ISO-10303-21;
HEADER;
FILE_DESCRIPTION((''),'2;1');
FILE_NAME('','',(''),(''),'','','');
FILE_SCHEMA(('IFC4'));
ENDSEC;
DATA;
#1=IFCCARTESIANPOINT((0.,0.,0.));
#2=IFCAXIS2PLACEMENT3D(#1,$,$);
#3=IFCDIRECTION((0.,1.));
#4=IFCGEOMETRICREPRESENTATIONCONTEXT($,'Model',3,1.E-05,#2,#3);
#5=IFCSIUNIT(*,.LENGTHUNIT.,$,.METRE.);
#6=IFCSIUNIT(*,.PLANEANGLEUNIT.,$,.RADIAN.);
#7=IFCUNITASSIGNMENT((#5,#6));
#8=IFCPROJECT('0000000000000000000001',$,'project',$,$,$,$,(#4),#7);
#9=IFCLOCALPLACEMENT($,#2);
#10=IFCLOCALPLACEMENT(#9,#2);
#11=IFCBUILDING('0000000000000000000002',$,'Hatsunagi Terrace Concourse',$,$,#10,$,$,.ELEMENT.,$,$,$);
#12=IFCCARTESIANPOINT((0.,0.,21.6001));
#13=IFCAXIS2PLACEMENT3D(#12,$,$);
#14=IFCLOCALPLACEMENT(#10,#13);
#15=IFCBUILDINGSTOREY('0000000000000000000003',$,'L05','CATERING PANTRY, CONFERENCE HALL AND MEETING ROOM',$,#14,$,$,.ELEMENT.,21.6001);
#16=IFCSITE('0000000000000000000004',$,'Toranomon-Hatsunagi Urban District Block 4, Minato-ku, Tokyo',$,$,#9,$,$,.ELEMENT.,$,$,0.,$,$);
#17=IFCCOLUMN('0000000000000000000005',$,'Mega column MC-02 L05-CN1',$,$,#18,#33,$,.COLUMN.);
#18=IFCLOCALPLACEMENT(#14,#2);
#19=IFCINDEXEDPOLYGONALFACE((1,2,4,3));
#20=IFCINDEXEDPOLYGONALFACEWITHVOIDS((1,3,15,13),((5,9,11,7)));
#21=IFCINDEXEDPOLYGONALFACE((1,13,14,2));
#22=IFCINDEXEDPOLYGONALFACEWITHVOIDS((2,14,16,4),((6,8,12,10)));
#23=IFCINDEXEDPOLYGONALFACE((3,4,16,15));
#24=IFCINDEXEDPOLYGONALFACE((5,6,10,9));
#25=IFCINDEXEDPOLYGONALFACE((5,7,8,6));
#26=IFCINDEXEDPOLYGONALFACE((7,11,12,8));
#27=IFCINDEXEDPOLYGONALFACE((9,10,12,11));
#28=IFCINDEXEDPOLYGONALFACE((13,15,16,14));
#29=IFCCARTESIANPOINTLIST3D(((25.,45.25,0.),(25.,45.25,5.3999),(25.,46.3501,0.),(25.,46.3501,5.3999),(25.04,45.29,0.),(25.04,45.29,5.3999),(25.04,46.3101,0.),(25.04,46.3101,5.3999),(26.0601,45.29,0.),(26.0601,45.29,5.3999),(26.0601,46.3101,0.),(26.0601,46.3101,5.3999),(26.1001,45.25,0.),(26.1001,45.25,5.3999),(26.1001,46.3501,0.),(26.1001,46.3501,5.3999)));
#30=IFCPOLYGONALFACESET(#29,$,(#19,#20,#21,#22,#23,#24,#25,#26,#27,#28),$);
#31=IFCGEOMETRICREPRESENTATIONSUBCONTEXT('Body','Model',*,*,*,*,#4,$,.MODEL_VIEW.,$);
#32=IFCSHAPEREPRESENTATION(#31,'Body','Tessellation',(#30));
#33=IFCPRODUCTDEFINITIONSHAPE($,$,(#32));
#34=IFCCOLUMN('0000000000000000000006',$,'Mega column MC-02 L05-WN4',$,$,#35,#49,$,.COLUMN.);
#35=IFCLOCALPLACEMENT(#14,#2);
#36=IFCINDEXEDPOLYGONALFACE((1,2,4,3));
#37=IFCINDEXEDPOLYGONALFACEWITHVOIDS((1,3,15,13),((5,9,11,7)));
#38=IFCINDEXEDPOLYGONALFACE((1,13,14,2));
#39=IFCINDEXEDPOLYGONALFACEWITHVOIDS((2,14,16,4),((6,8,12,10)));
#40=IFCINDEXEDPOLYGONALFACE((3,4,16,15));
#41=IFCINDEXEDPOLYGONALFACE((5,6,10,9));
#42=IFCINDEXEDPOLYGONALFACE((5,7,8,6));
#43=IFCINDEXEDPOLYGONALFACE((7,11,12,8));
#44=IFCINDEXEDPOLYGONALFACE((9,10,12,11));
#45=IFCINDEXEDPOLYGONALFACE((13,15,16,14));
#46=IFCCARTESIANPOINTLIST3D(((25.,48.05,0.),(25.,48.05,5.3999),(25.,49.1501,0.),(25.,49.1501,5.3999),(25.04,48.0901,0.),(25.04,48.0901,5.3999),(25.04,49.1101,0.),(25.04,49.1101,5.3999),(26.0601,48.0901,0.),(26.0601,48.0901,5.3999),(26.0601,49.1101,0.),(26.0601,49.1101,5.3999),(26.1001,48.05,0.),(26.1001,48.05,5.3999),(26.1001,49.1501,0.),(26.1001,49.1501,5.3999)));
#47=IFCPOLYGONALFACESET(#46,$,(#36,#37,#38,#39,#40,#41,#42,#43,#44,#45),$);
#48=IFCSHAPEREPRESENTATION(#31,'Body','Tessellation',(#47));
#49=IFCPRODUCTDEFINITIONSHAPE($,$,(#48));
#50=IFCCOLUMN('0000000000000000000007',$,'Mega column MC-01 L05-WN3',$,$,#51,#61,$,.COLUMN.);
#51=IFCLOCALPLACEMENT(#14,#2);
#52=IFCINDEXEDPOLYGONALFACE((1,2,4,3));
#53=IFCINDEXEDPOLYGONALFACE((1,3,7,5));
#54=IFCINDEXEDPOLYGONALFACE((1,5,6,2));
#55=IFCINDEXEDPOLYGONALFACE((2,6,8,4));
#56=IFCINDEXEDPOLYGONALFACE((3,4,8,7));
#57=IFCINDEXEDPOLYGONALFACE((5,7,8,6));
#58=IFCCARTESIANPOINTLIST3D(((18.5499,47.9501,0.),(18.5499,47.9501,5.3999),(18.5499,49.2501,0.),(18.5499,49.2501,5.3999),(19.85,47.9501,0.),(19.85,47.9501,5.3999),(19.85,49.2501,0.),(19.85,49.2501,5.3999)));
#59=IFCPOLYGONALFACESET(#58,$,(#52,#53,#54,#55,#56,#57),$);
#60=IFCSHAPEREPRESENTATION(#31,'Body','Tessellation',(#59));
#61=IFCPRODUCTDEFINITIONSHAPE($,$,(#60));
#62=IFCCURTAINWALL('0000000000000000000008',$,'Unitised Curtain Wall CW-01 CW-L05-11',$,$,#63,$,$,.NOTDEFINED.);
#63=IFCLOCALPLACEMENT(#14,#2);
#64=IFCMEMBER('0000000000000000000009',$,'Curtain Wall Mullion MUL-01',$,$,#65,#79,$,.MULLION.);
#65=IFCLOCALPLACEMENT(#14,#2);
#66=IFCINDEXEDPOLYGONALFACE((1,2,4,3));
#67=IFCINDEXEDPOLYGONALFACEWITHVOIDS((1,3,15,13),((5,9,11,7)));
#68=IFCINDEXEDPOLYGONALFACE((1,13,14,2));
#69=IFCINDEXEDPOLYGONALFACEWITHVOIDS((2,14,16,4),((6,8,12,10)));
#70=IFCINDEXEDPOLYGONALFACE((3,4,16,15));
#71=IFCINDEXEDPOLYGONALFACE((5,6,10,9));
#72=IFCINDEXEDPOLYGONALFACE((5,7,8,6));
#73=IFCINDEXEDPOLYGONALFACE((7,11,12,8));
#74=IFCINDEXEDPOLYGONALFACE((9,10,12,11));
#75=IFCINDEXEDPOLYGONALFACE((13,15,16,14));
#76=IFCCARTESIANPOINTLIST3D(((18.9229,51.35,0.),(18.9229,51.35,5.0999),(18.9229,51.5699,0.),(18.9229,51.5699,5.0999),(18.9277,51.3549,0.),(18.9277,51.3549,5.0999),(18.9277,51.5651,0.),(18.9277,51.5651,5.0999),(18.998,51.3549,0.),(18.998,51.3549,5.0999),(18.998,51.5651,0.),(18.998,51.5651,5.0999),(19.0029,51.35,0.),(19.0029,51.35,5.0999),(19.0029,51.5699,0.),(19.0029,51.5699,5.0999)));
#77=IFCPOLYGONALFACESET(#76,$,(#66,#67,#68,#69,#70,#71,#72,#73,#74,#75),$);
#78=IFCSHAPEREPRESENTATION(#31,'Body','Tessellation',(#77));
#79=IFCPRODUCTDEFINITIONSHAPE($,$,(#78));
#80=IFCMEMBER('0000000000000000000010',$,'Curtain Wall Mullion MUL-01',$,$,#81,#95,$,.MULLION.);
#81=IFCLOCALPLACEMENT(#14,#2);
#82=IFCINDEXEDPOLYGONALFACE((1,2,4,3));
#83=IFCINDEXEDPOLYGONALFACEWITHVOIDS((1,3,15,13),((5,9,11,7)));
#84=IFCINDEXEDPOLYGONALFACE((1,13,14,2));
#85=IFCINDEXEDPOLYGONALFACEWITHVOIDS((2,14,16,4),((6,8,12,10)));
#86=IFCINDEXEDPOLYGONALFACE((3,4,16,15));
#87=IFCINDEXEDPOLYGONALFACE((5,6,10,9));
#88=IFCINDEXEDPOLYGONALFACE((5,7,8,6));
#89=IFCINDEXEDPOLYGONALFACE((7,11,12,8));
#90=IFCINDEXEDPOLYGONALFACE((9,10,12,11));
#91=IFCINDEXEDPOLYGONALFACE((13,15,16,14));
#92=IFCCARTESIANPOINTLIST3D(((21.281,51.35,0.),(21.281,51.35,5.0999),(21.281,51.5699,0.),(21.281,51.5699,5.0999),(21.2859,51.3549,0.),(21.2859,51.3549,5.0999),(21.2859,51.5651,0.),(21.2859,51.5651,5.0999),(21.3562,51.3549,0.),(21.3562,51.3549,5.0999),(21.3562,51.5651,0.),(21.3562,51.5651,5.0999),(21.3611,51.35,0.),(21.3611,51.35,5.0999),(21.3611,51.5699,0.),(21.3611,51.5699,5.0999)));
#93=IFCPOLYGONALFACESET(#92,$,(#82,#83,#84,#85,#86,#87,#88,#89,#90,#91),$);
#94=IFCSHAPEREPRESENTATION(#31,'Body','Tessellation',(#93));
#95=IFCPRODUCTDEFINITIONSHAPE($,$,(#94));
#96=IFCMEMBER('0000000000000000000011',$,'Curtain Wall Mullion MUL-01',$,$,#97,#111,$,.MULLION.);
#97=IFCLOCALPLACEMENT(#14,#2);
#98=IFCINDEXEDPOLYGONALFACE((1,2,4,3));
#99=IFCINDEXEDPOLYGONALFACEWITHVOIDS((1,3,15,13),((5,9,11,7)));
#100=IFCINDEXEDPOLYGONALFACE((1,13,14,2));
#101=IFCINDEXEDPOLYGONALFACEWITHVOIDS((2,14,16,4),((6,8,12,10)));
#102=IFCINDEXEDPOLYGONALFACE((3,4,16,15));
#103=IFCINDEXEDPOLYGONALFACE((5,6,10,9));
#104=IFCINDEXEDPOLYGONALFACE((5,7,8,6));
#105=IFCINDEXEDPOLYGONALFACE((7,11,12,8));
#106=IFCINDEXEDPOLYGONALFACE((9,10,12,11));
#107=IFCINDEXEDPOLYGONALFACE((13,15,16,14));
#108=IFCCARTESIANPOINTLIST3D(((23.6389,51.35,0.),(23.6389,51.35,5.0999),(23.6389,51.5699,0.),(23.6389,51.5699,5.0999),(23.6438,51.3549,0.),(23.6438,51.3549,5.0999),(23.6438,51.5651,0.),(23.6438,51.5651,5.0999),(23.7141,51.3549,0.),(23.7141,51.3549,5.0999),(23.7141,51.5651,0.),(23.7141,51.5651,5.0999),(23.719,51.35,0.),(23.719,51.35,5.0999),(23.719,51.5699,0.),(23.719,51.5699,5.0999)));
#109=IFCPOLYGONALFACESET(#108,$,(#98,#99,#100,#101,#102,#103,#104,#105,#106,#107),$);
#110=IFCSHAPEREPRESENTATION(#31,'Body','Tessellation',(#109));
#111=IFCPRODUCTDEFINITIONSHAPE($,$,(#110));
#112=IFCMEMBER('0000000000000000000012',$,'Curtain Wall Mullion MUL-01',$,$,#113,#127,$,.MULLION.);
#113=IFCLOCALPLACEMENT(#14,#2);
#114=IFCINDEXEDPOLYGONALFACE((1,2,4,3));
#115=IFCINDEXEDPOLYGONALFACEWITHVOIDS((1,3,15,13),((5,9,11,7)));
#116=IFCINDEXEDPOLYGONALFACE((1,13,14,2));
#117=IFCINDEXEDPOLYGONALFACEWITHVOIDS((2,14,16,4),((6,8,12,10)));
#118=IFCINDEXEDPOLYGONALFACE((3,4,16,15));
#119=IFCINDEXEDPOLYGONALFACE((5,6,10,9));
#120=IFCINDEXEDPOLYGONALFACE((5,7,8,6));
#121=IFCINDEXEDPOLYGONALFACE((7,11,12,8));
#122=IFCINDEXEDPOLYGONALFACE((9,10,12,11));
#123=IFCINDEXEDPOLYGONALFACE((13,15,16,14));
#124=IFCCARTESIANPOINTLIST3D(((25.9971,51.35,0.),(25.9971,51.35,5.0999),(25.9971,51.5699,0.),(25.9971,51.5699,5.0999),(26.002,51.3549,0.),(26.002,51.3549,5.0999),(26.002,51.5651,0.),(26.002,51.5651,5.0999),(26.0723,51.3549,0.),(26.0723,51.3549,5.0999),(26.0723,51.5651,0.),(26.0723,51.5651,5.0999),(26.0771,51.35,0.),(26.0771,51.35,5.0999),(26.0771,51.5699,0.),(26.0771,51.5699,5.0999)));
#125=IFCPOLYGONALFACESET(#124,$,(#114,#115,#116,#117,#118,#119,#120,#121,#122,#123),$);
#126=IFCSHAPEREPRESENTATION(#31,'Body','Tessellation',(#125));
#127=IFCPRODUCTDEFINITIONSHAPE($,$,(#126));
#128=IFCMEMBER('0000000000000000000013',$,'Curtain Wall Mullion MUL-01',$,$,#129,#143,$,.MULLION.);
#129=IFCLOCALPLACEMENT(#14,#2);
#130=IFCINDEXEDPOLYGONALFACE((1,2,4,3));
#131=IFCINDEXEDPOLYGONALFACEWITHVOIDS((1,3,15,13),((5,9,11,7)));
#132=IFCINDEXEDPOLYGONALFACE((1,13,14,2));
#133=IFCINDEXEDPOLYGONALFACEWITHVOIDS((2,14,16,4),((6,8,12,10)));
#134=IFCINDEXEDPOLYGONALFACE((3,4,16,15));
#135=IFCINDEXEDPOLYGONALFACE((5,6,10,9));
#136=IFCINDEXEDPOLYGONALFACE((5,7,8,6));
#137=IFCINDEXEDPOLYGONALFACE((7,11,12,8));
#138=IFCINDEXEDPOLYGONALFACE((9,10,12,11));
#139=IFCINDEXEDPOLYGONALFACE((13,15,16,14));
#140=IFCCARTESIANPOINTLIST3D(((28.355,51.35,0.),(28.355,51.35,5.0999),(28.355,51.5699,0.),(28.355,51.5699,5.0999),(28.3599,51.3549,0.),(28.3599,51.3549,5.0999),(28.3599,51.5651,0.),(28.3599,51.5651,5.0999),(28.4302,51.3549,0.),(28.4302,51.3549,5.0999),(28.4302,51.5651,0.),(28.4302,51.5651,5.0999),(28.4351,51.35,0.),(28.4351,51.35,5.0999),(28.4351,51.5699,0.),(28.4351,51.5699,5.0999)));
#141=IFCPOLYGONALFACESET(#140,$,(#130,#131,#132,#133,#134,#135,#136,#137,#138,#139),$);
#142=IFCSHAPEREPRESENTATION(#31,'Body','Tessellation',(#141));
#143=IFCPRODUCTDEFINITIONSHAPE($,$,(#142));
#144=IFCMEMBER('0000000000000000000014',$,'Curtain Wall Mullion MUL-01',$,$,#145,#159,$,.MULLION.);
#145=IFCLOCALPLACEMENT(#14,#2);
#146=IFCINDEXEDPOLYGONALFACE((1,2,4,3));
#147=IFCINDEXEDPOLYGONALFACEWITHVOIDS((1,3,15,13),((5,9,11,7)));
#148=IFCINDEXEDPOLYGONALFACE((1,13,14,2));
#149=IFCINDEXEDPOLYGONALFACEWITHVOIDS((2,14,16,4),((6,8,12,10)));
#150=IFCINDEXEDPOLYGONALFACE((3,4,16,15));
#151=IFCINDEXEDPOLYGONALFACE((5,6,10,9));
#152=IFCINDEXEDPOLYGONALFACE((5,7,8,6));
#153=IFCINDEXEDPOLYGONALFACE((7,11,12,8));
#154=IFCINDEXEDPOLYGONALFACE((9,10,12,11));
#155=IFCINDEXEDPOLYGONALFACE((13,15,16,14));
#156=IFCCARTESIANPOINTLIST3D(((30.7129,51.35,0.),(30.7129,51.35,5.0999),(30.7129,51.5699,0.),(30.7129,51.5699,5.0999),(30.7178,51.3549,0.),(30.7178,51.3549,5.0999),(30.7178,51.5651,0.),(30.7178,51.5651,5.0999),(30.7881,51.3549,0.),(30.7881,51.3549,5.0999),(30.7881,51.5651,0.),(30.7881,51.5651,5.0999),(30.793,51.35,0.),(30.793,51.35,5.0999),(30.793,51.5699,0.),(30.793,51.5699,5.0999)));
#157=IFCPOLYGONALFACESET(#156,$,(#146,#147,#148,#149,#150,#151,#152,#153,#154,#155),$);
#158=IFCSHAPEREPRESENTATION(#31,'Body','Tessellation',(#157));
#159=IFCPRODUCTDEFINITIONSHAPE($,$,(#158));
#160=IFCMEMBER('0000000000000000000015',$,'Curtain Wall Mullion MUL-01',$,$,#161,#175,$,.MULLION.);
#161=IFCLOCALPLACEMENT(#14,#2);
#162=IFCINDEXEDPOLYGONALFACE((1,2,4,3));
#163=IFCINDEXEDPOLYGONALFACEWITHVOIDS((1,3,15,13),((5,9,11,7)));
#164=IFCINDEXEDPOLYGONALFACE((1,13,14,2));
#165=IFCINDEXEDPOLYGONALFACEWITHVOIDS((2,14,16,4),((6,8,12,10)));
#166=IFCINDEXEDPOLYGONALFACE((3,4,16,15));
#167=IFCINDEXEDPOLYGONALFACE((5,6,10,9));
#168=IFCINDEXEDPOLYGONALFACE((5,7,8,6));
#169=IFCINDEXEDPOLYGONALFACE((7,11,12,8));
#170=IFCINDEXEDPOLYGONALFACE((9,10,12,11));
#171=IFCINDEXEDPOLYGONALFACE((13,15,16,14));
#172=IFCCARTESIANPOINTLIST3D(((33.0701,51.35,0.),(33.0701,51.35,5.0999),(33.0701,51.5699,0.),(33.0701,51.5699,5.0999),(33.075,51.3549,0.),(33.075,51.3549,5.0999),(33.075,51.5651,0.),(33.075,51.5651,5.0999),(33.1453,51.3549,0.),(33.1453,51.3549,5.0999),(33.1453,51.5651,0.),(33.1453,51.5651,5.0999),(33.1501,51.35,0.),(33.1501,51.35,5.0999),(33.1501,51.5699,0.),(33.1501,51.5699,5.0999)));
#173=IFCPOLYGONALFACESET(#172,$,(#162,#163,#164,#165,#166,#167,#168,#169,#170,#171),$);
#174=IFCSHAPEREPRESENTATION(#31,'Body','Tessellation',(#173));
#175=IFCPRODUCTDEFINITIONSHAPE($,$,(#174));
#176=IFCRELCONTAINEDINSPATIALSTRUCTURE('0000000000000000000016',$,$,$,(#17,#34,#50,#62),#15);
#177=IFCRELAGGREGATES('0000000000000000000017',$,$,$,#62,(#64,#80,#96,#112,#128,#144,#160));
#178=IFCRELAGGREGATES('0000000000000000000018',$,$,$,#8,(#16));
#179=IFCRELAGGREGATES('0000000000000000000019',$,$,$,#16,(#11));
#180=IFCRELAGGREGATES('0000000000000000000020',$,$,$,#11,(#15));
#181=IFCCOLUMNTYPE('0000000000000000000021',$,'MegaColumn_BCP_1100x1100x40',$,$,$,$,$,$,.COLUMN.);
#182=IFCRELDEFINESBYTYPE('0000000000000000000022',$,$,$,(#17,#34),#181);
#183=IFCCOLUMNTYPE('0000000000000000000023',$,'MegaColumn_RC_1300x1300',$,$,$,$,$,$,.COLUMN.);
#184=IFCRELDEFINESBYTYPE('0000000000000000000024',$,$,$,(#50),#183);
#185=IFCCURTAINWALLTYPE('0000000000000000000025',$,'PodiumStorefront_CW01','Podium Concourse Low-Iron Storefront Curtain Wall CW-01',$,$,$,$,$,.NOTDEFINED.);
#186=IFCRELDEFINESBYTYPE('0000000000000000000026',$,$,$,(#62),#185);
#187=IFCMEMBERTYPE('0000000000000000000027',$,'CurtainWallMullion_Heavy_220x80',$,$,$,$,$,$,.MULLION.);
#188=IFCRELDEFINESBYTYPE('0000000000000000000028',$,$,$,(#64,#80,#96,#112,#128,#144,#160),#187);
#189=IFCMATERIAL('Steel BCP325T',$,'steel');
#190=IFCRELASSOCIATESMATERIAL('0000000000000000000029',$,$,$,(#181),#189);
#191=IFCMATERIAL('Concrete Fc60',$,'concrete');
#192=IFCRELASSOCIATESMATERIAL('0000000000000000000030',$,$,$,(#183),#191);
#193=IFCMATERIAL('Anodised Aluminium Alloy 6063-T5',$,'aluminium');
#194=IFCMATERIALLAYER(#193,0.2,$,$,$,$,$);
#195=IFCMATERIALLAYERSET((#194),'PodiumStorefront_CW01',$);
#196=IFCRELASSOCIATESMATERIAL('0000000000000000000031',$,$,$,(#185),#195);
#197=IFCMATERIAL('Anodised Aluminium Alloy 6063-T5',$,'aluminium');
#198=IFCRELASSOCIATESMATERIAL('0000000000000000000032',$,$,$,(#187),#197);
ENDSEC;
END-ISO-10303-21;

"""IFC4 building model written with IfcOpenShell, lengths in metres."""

from ifc_helpers import new_model, si_unit, direction, frame, origin, origin_2d, place, context, subcontext, project, spatial, rectangle, hollow_rectangle, extrude, material, layer, layer_set, material_profile, profile_set, type_object, element, aggregate, save


model = new_model("IFC4")

# Units and contexts
model_context = context("Model", 3, precision=1e-05, world=origin(), true_north=direction((0.0, 1.0)))
body_context = subcontext(model_context, "Body", "Model", "MODEL_VIEW")
ifc_project = project(units=[si_unit("LENGTHUNIT", "METRE"), si_unit("PLANEANGLEUNIT", "RADIAN")], contexts=[model_context])

# Site, building, storey
site_placement = place(None, origin())
site = spatial("IfcSite", under=ifc_project, at=site_placement, Name="Toranomon-Hatsunagi Urban District Block 4, Minato-ku, Tokyo", CompositionType="ELEMENT", RefElevation=0.0)
building_placement = place(site_placement, origin())
building = spatial("IfcBuilding", under=site, at=building_placement, Name="Hatsunagi Terrace Concourse", CompositionType="ELEMENT")
storey_placement = place(building_placement, frame((0.0, 0.0, 21.6001)))
storey = spatial("IfcBuildingStorey", under=building, at=storey_placement, Name="L05", Description="CATERING PANTRY, CONFERENCE HALL AND MEETING ROOM", CompositionType="ELEMENT", Elevation=21.6001)

# Columns
ifc_material_1 = material(Name="Steel BCP325T", Category="steel")
ifc_material_profile_1 = material_profile(ifc_material_1, hollow_rectangle(XDim=1.1001, YDim=1.1001, WallThickness=0.04, at=origin_2d()), Name="BCP-1100x1100x40")
ifc_profile_set_1 = profile_set([ifc_material_profile_1], Name="Steel BCP325T")
column_type_1 = type_object("IfcColumnType", Name="MegaColumn_BCP_1100x1100x40", PredefinedType="COLUMN", material=ifc_profile_set_1)
for number, where, z_axis, x_axis, name in (
    (1, (25.55, 45.8, 0.0), (0.0, 0.0, 1.0), (1.0, 0.0, 0.0), "Mega column MC-02 L05-CN1"),
    (2, (25.55, 48.6001, 0.0), (0.0, 0.0, 1.0), (1.0, 0.0, 0.0), "Mega column MC-02 L05-WN4"),
):
    element("IfcColumn", number, at=place(storey_placement, frame(where, z_axis=z_axis, x_axis=x_axis)), inside=storey, type_object=column_type_1, Name=name, PredefinedType="COLUMN", context=body_context, shape_type="SweptSolid", body=[
        extrude(hollow_rectangle(XDim=1.1001, YDim=1.1001, WallThickness=0.04, at=origin_2d()), origin(), (0.0, 0.0, 1.0), 5.3999),
    ])
ifc_material_2 = material(Name="Concrete Fc60", Category="concrete")
ifc_material_profile_2 = material_profile(ifc_material_2, rectangle(XDim=1.3, YDim=1.3, at=origin_2d()), Name="RC-1300x1300")
ifc_profile_set_2 = profile_set([ifc_material_profile_2], Name="Concrete Fc60")
column_type_2 = type_object("IfcColumnType", Name="MegaColumn_RC_1300x1300", PredefinedType="COLUMN", material=ifc_profile_set_2)
column_placement = place(storey_placement, frame((19.2, 48.6001, 0.0), z_axis=(0.0, 0.0, 1.0), x_axis=(1.0, 0.0, 0.0)))
element("IfcColumn", 3, at=column_placement, inside=storey, type_object=column_type_2, Name="Mega column MC-01 L05-WN3", PredefinedType="COLUMN", context=body_context, shape_type="SweptSolid", body=[
    extrude(rectangle(XDim=1.3, YDim=1.3, at=origin_2d()), origin(), (0.0, 0.0, 1.0), 5.3999),
])

# Curtain wall, members
ifc_material_3 = material(Name="Anodised Aluminium Alloy 6063-T5", Category="aluminium")
ifc_layer_1 = layer(ifc_material_3, 0.2)
ifc_layer_set_1 = layer_set([ifc_layer_1], Name="PodiumStorefront_CW01")
curtain_wall_type = type_object("IfcCurtainWallType", Name="PodiumStorefront_CW01", Description="Podium Concourse Low-Iron Storefront Curtain Wall CW-01", PredefinedType="NOTDEFINED", material=ifc_layer_set_1)
curtain_wall_placement = place(storey_placement, origin())
curtain_wall = element("IfcCurtainWall", 4, at=curtain_wall_placement, inside=storey, type_object=curtain_wall_type, Name="Unitised Curtain Wall CW-01 CW-L05-11", PredefinedType="NOTDEFINED")
ifc_material_4 = material(Name="Anodised Aluminium Alloy 6063-T5", Category="aluminium")
ifc_material_profile_3 = material_profile(ifc_material_4, hollow_rectangle(XDim=0.0801, YDim=0.22, WallThickness=0.0049, at=origin_2d()), Name="ALU-MUL-220x80x5")
ifc_profile_set_3 = profile_set([ifc_material_profile_3], Name="Anodised Aluminium Alloy 6063-T5")
member_type = type_object("IfcMemberType", Name="CurtainWallMullion_Heavy_220x80", PredefinedType="MULLION", material=ifc_profile_set_3)
member_1_placement = place(storey_placement, frame((18.9629, 51.46, 0.0), z_axis=(0.0, 0.0, 1.0), x_axis=(1.0, 0.0, 0.0)))
member_1 = element("IfcMember", 5, at=member_1_placement, type_object=member_type, Name="Curtain Wall Mullion MUL-01", PredefinedType="MULLION", context=body_context, shape_type="SweptSolid", body=[
    extrude(hollow_rectangle(XDim=0.0801, YDim=0.22, WallThickness=0.0049, at=origin_2d()), origin(), (0.0, 0.0, 1.0), 5.0999),
])
member_2_placement = place(storey_placement, frame((21.321, 51.46, 0.0), z_axis=(0.0, 0.0, 1.0), x_axis=(1.0, 0.0, 0.0)))
member_2 = element("IfcMember", 6, at=member_2_placement, type_object=member_type, Name="Curtain Wall Mullion MUL-01", PredefinedType="MULLION", context=body_context, shape_type="SweptSolid", body=[
    extrude(hollow_rectangle(XDim=0.0801, YDim=0.22, WallThickness=0.0049, at=origin_2d()), origin(), (0.0, 0.0, 1.0), 5.0999),
])
member_3_placement = place(storey_placement, frame((23.679, 51.46, 0.0), z_axis=(0.0, 0.0, 1.0), x_axis=(1.0, 0.0, 0.0)))
member_3 = element("IfcMember", 7, at=member_3_placement, type_object=member_type, Name="Curtain Wall Mullion MUL-01", PredefinedType="MULLION", context=body_context, shape_type="SweptSolid", body=[
    extrude(hollow_rectangle(XDim=0.0801, YDim=0.22, WallThickness=0.0049, at=origin_2d()), origin(), (0.0, 0.0, 1.0), 5.0999),
])
member_4_placement = place(storey_placement, frame((26.0371, 51.46, 0.0), z_axis=(0.0, 0.0, 1.0), x_axis=(1.0, 0.0, 0.0)))
member_4 = element("IfcMember", 8, at=member_4_placement, type_object=member_type, Name="Curtain Wall Mullion MUL-01", PredefinedType="MULLION", context=body_context, shape_type="SweptSolid", body=[
    extrude(hollow_rectangle(XDim=0.0801, YDim=0.22, WallThickness=0.0049, at=origin_2d()), origin(), (0.0, 0.0, 1.0), 5.0999),
])
member_5_placement = place(storey_placement, frame((28.395, 51.46, 0.0), z_axis=(0.0, 0.0, 1.0), x_axis=(1.0, 0.0, 0.0)))
member_5 = element("IfcMember", 9, at=member_5_placement, type_object=member_type, Name="Curtain Wall Mullion MUL-01", PredefinedType="MULLION", context=body_context, shape_type="SweptSolid", body=[
    extrude(hollow_rectangle(XDim=0.0801, YDim=0.22, WallThickness=0.0049, at=origin_2d()), origin(), (0.0, 0.0, 1.0), 5.0999),
])
member_6_placement = place(storey_placement, frame((30.7529, 51.46, 0.0), z_axis=(0.0, 0.0, 1.0), x_axis=(1.0, 0.0, 0.0)))
member_6 = element("IfcMember", 10, at=member_6_placement, type_object=member_type, Name="Curtain Wall Mullion MUL-01", PredefinedType="MULLION", context=body_context, shape_type="SweptSolid", body=[
    extrude(hollow_rectangle(XDim=0.0801, YDim=0.22, WallThickness=0.0049, at=origin_2d()), origin(), (0.0, 0.0, 1.0), 5.0999),
])
member_7_placement = place(storey_placement, frame((33.1101, 51.46, 0.0), z_axis=(0.0, 0.0, 1.0), x_axis=(1.0, 0.0, 0.0)))
member_7 = element("IfcMember", 11, at=member_7_placement, type_object=member_type, Name="Curtain Wall Mullion MUL-01", PredefinedType="MULLION", context=body_context, shape_type="SweptSolid", body=[
    extrude(hollow_rectangle(XDim=0.0801, YDim=0.22, WallThickness=0.0049, at=origin_2d()), origin(), (0.0, 0.0, 1.0), 5.0999),
])

aggregate(curtain_wall, [member_1, member_2, member_3, member_4, member_5, member_6, member_7])

save(model, "model.ifc")
